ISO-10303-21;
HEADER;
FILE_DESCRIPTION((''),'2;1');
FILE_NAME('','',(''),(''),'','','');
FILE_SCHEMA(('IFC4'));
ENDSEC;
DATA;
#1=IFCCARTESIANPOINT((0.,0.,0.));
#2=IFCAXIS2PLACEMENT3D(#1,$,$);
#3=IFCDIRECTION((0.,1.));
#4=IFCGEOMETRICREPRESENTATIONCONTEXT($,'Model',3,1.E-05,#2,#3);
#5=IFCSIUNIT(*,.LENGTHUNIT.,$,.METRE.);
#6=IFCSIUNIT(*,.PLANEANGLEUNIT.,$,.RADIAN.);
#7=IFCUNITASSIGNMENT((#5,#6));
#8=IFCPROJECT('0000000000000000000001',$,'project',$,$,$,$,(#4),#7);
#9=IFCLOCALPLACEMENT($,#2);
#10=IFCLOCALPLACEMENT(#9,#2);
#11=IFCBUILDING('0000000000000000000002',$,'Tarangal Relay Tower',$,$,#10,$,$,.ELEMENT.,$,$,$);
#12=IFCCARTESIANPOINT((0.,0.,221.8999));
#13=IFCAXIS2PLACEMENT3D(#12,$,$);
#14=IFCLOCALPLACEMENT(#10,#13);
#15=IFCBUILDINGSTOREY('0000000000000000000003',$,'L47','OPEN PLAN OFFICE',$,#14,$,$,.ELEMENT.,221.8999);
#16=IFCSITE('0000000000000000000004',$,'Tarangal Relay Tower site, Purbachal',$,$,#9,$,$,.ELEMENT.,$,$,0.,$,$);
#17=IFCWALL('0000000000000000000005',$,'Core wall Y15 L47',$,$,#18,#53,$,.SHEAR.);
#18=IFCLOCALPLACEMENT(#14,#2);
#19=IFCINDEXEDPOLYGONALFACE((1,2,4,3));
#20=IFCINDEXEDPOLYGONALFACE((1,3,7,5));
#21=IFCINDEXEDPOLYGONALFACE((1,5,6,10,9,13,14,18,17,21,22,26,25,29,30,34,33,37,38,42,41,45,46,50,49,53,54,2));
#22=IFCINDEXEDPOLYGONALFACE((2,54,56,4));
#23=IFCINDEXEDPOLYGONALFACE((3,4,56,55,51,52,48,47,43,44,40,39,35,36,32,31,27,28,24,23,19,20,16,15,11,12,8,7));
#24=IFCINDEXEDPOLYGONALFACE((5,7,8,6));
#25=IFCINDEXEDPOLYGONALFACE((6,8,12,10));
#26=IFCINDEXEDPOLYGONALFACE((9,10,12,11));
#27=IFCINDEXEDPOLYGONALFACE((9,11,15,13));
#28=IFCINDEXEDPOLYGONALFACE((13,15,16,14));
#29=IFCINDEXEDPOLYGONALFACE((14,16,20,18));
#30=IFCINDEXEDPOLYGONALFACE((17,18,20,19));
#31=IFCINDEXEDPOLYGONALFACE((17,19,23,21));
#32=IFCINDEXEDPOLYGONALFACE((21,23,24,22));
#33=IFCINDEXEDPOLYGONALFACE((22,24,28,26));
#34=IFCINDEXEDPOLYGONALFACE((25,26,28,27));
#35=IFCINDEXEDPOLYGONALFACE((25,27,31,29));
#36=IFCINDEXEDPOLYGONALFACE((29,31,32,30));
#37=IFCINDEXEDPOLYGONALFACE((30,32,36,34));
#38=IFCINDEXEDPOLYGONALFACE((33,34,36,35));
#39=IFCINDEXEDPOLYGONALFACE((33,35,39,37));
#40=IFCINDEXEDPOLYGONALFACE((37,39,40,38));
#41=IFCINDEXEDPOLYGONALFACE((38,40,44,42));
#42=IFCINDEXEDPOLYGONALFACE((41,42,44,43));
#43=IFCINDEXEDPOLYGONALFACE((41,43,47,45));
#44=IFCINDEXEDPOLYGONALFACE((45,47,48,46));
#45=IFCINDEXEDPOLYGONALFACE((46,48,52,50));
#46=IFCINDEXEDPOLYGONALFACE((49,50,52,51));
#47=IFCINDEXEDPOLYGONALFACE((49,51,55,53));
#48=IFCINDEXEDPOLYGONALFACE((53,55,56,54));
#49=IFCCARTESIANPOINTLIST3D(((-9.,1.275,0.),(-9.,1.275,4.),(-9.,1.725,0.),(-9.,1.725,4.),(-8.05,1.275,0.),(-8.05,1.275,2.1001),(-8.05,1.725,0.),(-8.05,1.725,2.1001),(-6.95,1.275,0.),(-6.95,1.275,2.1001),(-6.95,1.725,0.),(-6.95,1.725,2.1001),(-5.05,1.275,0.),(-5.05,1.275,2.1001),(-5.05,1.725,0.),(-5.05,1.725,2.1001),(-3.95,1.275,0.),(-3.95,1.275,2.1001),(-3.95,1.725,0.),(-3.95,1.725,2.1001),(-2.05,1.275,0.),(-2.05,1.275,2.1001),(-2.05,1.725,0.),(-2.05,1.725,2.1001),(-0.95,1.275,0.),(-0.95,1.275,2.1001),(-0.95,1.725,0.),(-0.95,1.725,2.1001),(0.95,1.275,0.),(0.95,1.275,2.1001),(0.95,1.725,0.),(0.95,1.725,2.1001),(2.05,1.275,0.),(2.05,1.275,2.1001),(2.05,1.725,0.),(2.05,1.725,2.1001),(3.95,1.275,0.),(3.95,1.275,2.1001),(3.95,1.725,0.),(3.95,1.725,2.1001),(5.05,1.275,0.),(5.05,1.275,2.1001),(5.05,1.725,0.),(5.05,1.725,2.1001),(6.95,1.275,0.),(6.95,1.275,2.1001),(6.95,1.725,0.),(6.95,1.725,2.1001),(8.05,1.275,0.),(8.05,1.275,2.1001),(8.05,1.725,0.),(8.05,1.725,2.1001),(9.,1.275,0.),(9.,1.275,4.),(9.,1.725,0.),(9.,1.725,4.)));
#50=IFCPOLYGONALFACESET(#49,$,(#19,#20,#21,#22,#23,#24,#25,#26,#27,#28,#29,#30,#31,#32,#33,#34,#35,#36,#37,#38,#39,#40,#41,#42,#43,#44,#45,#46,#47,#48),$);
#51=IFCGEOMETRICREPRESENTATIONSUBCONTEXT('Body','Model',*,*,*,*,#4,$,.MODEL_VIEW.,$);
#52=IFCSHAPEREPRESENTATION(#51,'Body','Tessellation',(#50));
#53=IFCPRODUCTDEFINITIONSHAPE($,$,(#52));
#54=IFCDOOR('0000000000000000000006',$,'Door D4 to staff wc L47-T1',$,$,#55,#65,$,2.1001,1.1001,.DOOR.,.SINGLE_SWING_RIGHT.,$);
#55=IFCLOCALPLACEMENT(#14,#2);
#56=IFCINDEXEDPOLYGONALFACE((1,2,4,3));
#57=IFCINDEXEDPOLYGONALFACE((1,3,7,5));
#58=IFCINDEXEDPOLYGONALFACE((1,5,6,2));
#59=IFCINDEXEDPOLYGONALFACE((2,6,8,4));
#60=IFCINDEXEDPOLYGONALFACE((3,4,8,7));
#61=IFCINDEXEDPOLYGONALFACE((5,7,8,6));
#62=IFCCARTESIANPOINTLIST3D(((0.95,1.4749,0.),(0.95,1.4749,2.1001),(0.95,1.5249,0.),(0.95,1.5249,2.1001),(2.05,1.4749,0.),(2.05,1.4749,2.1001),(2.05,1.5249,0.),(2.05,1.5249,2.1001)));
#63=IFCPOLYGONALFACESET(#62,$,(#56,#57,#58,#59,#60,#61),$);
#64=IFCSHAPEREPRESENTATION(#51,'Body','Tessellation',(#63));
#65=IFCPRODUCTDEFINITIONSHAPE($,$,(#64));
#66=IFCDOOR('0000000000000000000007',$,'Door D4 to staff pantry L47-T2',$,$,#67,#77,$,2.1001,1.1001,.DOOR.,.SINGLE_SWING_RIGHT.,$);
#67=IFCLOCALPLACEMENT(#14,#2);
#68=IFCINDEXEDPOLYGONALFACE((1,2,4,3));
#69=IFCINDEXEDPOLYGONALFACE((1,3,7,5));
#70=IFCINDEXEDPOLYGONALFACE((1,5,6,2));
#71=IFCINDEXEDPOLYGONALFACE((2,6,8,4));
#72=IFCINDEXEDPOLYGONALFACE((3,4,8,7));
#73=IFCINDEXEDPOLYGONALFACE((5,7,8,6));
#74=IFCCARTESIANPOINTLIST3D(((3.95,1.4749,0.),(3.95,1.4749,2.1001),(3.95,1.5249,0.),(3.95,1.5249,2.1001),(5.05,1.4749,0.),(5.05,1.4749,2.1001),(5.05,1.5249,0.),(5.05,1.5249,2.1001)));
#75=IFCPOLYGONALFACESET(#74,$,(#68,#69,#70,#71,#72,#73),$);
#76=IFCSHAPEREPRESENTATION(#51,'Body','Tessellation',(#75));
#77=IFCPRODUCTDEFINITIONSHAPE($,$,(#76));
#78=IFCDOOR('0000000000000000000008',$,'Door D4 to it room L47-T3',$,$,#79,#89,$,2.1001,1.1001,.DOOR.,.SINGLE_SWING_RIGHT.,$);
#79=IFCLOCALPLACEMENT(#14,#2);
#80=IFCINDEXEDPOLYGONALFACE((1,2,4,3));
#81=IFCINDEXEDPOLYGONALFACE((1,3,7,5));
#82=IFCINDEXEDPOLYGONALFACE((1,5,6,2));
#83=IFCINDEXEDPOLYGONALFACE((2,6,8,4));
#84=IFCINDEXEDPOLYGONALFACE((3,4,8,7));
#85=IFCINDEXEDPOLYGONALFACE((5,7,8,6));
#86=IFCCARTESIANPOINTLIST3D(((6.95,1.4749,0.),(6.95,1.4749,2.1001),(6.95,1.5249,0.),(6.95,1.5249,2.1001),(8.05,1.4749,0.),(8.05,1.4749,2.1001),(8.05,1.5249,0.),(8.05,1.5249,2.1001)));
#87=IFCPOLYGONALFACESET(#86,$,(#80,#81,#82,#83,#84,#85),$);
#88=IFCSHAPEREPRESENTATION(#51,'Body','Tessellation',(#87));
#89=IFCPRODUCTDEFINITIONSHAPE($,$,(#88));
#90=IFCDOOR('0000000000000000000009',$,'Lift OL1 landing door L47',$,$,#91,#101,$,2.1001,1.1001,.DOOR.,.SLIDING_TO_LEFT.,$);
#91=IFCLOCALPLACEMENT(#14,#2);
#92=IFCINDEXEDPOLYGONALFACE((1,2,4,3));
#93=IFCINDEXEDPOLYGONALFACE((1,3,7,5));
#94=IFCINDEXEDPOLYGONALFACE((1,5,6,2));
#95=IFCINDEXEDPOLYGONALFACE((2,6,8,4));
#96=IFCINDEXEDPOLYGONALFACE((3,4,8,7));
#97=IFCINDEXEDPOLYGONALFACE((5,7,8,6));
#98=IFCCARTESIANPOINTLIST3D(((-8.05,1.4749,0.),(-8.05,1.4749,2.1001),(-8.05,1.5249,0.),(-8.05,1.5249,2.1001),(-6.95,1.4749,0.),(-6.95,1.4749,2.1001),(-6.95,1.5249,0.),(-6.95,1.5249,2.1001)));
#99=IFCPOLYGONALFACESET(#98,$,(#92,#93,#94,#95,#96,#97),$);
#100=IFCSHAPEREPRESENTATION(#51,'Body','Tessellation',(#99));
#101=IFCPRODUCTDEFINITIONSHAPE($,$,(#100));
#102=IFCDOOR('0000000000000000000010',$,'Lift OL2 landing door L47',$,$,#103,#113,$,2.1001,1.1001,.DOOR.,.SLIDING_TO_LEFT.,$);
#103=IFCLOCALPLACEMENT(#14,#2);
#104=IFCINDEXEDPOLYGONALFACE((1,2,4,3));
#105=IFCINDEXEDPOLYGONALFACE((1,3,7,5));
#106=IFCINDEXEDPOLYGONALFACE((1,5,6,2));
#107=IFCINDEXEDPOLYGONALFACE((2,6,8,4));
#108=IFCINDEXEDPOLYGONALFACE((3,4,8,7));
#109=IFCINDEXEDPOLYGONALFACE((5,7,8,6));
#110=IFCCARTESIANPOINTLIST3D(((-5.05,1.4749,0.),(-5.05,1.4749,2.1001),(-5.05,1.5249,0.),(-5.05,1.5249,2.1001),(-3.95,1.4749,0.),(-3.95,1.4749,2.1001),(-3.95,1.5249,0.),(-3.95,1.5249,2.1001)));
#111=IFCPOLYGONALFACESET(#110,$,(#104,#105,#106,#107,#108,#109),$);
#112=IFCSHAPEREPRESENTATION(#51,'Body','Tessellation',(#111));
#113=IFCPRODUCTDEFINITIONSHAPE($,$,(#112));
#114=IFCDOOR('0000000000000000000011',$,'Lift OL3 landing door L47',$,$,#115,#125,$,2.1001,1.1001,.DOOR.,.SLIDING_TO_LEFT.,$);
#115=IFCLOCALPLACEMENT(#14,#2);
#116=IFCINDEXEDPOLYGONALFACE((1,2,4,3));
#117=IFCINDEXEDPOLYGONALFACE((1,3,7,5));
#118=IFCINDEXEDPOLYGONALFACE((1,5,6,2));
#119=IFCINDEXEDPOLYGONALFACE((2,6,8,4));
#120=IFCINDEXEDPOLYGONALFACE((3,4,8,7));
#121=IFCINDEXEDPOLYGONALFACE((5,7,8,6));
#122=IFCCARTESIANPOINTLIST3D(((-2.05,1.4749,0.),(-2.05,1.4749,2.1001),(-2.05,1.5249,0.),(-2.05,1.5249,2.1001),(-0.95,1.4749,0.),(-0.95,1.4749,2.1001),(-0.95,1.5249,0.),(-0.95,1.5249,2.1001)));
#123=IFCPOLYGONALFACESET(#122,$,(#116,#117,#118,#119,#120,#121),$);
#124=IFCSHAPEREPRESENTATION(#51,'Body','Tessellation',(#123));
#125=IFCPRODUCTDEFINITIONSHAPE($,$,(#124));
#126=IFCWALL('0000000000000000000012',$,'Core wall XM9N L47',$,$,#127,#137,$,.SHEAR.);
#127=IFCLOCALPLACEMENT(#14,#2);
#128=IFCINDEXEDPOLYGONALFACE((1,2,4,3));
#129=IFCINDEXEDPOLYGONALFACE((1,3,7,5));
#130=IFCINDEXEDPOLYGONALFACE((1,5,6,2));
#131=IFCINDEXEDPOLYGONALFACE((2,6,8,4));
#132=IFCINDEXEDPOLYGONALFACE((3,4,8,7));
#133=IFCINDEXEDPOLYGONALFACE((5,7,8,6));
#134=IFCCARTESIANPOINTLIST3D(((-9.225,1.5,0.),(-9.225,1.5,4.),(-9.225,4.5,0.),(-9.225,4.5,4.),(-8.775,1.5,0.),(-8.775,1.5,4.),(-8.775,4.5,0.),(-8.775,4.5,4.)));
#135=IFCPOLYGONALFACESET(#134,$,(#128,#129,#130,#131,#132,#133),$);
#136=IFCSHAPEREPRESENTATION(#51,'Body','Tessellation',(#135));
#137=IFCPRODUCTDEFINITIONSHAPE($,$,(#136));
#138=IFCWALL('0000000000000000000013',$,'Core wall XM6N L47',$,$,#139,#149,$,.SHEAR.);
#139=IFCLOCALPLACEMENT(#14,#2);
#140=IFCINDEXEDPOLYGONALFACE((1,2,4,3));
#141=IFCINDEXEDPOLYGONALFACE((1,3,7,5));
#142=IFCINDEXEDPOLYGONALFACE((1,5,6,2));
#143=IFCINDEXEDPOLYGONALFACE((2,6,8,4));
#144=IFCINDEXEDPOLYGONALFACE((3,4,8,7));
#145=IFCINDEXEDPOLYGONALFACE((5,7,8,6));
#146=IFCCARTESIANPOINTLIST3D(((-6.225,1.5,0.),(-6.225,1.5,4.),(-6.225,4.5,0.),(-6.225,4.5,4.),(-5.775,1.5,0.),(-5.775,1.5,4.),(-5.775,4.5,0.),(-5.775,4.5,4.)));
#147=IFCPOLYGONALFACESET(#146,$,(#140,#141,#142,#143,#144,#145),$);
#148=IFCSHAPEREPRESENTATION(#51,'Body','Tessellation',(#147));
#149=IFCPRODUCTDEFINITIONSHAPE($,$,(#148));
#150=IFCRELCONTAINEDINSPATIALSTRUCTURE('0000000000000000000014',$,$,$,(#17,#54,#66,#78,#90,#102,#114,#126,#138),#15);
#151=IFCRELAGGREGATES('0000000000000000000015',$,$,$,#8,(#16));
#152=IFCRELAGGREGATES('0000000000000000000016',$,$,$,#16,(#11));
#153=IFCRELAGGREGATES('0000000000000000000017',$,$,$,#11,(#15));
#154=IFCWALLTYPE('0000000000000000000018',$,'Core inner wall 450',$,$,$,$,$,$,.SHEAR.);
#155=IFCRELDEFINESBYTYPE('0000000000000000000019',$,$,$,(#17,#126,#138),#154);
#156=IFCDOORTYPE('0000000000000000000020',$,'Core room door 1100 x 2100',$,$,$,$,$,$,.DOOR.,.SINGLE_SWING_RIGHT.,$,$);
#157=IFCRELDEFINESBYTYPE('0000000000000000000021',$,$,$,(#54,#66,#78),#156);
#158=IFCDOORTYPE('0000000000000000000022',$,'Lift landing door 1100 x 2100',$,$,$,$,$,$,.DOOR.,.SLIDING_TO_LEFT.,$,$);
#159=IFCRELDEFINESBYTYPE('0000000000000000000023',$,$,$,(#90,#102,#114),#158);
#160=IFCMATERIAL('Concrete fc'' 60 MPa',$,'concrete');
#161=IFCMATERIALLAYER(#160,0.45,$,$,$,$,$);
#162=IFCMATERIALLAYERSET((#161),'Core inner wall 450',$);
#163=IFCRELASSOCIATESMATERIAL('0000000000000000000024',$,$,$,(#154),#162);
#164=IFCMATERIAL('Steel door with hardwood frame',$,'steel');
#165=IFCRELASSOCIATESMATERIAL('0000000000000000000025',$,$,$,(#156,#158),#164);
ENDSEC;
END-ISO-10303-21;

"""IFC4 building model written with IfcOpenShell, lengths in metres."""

from ifc_helpers import new_model, si_unit, direction, frame, frame_2d, origin, place, context, subcontext, project, spatial, rectangle, extrude, material, layer, layer_set, type_object, element, fill, save


model = new_model("IFC4")

# Units and contexts
model_context = context("Model", 3, precision=1e-05, world=origin(), true_north=direction((0.0, 1.0)))
body_context = subcontext(model_context, "Body", "Model", "MODEL_VIEW")
ifc_project = project(units=[si_unit("LENGTHUNIT", "METRE"), si_unit("PLANEANGLEUNIT", "RADIAN")], contexts=[model_context])

# Site, building, storey
site_placement = place(None, origin())
site = spatial("IfcSite", under=ifc_project, at=site_placement, Name="Tarangal Relay Tower site, Purbachal", CompositionType="ELEMENT", RefElevation=0.0)
building_placement = place(site_placement, origin())
building = spatial("IfcBuilding", under=site, at=building_placement, Name="Tarangal Relay Tower", CompositionType="ELEMENT")
storey_placement = place(building_placement, frame((0.0, 0.0, 221.8999)))
storey = spatial("IfcBuildingStorey", under=building, at=storey_placement, Name="L47", Description="OPEN PLAN OFFICE", CompositionType="ELEMENT", Elevation=221.8999)

# Wall, openings, doors
ifc_material_1 = material(Name="Concrete fc' 60 MPa", Category="concrete")
ifc_layer = layer(ifc_material_1, 0.45)
ifc_layer_set = layer_set([ifc_layer], Name="Core inner wall 450")
wall_type = type_object("IfcWallType", Name="Core inner wall 450", PredefinedType="SHEAR", material=ifc_layer_set)
ifc_material_2 = material(Name="Steel door with hardwood frame", Category="steel")
wall_1_placement = place(storey_placement, frame((-9.0, 1.5, 0.0), z_axis=(0.0, 0.0, 1.0), x_axis=(1.0, 0.0, 0.0)))
wall_1 = element("IfcWall", 1, at=wall_1_placement, inside=storey, type_object=wall_type, Name="Core wall Y15 L47", PredefinedType="SHEAR", context=body_context, shape_type="SweptSolid", body=[
    extrude(rectangle(XDim=18.0, YDim=0.45, at=frame_2d((9.0, 0.0))), origin(), (0.0, 0.0, 1.0), 4.0),
])
opening_1_placement = place(wall_1_placement, frame((0.95, 0.0, 0.0)))
opening_1 = element("IfcOpeningElement", 2, at=opening_1_placement, cuts=wall_1, PredefinedType="OPENING", context=body_context, shape_type="SweptSolid", body=[
    extrude(rectangle(XDim=1.1001, YDim=2.1001, at=frame_2d((0.55, 1.05))), frame((0.0, 0.2349, 0.0), z_axis=(0.0, -1.0, 0.0), x_axis=(1.0, 0.0, 0.0)), (0.0, 0.0, 1.0), 0.47),
])
opening_2_placement = place(wall_1_placement, frame((3.95, 0.0, 0.0)))
opening_2 = element("IfcOpeningElement", 3, at=opening_2_placement, cuts=wall_1, PredefinedType="OPENING", context=body_context, shape_type="SweptSolid", body=[
    extrude(rectangle(XDim=1.1001, YDim=2.1001, at=frame_2d((0.55, 1.05))), frame((0.0, 0.2349, 0.0), z_axis=(0.0, -1.0, 0.0), x_axis=(1.0, 0.0, 0.0)), (0.0, 0.0, 1.0), 0.47),
])
opening_3_placement = place(wall_1_placement, frame((6.95, 0.0, 0.0)))
opening_3 = element("IfcOpeningElement", 4, at=opening_3_placement, cuts=wall_1, PredefinedType="OPENING", context=body_context, shape_type="SweptSolid", body=[
    extrude(rectangle(XDim=1.1001, YDim=2.1001, at=frame_2d((0.55, 1.05))), frame((0.0, 0.2349, 0.0), z_axis=(0.0, -1.0, 0.0), x_axis=(1.0, 0.0, 0.0)), (0.0, 0.0, 1.0), 0.47),
])
opening_4_placement = place(wall_1_placement, frame((9.95, 0.0, 0.0)))
opening_4 = element("IfcOpeningElement", 5, at=opening_4_placement, cuts=wall_1, PredefinedType="OPENING", context=body_context, shape_type="SweptSolid", body=[
    extrude(rectangle(XDim=1.1001, YDim=2.1001, at=frame_2d((0.55, 1.05))), frame((0.0, 0.2349, 0.0), z_axis=(0.0, -1.0, 0.0), x_axis=(1.0, 0.0, 0.0)), (0.0, 0.0, 1.0), 0.47),
])
opening_5_placement = place(wall_1_placement, frame((12.95, 0.0, 0.0)))
opening_5 = element("IfcOpeningElement", 6, at=opening_5_placement, cuts=wall_1, PredefinedType="OPENING", context=body_context, shape_type="SweptSolid", body=[
    extrude(rectangle(XDim=1.1001, YDim=2.1001, at=frame_2d((0.55, 1.05))), frame((0.0, 0.2349, 0.0), z_axis=(0.0, -1.0, 0.0), x_axis=(1.0, 0.0, 0.0)), (0.0, 0.0, 1.0), 0.47),
])
opening_6_placement = place(wall_1_placement, frame((15.95, 0.0, 0.0)))
opening_6 = element("IfcOpeningElement", 7, at=opening_6_placement, cuts=wall_1, PredefinedType="OPENING", context=body_context, shape_type="SweptSolid", body=[
    extrude(rectangle(XDim=1.1001, YDim=2.1001, at=frame_2d((0.55, 1.05))), frame((0.0, 0.2349, 0.0), z_axis=(0.0, -1.0, 0.0), x_axis=(1.0, 0.0, 0.0)), (0.0, 0.0, 1.0), 0.47),
])
door_type_1 = type_object("IfcDoorType", Name="Core room door 1100 x 2100", OperationType="SINGLE_SWING_RIGHT", PredefinedType="DOOR", material=ifc_material_2)
door_1_placement = place(opening_4_placement, origin())
door_1 = element("IfcDoor", 8, at=door_1_placement, inside=storey, type_object=door_type_1, Name="Door D4 to staff wc L47-T1", OperationType="SINGLE_SWING_RIGHT", OverallHeight=2.1001, OverallWidth=1.1001, PredefinedType="DOOR", context=body_context, shape_type="SweptSolid", body=[
    extrude(rectangle(XDim=1.1001, YDim=2.1001, at=frame_2d((0.55, 1.05))), frame((0.0, 0.0249, 0.0), z_axis=(0.0, -1.0, 0.0), x_axis=(1.0, 0.0, 0.0)), (0.0, 0.0, 1.0), 0.05),
])
fill(opening_4, door_1)
door_2_placement = place(opening_5_placement, origin())
door_2 = element("IfcDoor", 9, at=door_2_placement, inside=storey, type_object=door_type_1, Name="Door D4 to staff pantry L47-T2", OperationType="SINGLE_SWING_RIGHT", OverallHeight=2.1001, OverallWidth=1.1001, PredefinedType="DOOR", context=body_context, shape_type="SweptSolid", body=[
    extrude(rectangle(XDim=1.1001, YDim=2.1001, at=frame_2d((0.55, 1.05))), frame((0.0, 0.0249, 0.0), z_axis=(0.0, -1.0, 0.0), x_axis=(1.0, 0.0, 0.0)), (0.0, 0.0, 1.0), 0.05),
])
fill(opening_5, door_2)
door_3_placement = place(opening_6_placement, origin())
door_3 = element("IfcDoor", 10, at=door_3_placement, inside=storey, type_object=door_type_1, Name="Door D4 to it room L47-T3", OperationType="SINGLE_SWING_RIGHT", OverallHeight=2.1001, OverallWidth=1.1001, PredefinedType="DOOR", context=body_context, shape_type="SweptSolid", body=[
    extrude(rectangle(XDim=1.1001, YDim=2.1001, at=frame_2d((0.55, 1.05))), frame((0.0, 0.0249, 0.0), z_axis=(0.0, -1.0, 0.0), x_axis=(1.0, 0.0, 0.0)), (0.0, 0.0, 1.0), 0.05),
])
fill(opening_6, door_3)
door_type_2 = type_object("IfcDoorType", Name="Lift landing door 1100 x 2100", OperationType="SLIDING_TO_LEFT", PredefinedType="DOOR", material=ifc_material_2)
door_4_placement = place(opening_1_placement, origin())
door_4 = element("IfcDoor", 11, at=door_4_placement, inside=storey, type_object=door_type_2, Name="Lift OL1 landing door L47", OperationType="SLIDING_TO_LEFT", OverallHeight=2.1001, OverallWidth=1.1001, PredefinedType="DOOR", context=body_context, shape_type="SweptSolid", body=[
    extrude(rectangle(XDim=1.1001, YDim=2.1001, at=frame_2d((0.55, 1.05))), frame((0.0, 0.0249, 0.0), z_axis=(0.0, -1.0, 0.0), x_axis=(1.0, 0.0, 0.0)), (0.0, 0.0, 1.0), 0.05),
])
fill(opening_1, door_4)
door_5_placement = place(opening_2_placement, origin())
door_5 = element("IfcDoor", 12, at=door_5_placement, inside=storey, type_object=door_type_2, Name="Lift OL2 landing door L47", OperationType="SLIDING_TO_LEFT", OverallHeight=2.1001, OverallWidth=1.1001, PredefinedType="DOOR", context=body_context, shape_type="SweptSolid", body=[
    extrude(rectangle(XDim=1.1001, YDim=2.1001, at=frame_2d((0.55, 1.05))), frame((0.0, 0.0249, 0.0), z_axis=(0.0, -1.0, 0.0), x_axis=(1.0, 0.0, 0.0)), (0.0, 0.0, 1.0), 0.05),
])
fill(opening_2, door_5)
door_6_placement = place(opening_3_placement, origin())
door_6 = element("IfcDoor", 13, at=door_6_placement, inside=storey, type_object=door_type_2, Name="Lift OL3 landing door L47", OperationType="SLIDING_TO_LEFT", OverallHeight=2.1001, OverallWidth=1.1001, PredefinedType="DOOR", context=body_context, shape_type="SweptSolid", body=[
    extrude(rectangle(XDim=1.1001, YDim=2.1001, at=frame_2d((0.55, 1.05))), frame((0.0, 0.0249, 0.0), z_axis=(0.0, -1.0, 0.0), x_axis=(1.0, 0.0, 0.0)), (0.0, 0.0, 1.0), 0.05),
])
fill(opening_3, door_6)

# Walls
for number, where, z_axis, x_axis, name in (
    (14, (-9.0, 1.5, 0.0), (0.0, 0.0, 1.0), (0.0, 1.0, 0.0), "Core wall XM9N L47"),
    (15, (-6.0, 1.5, 0.0), (0.0, 0.0, 1.0), (0.0, 1.0, 0.0), "Core wall XM6N L47"),
):
    element("IfcWall", number, at=place(storey_placement, frame(where, z_axis=z_axis, x_axis=x_axis)), inside=storey, type_object=wall_type, Name=name, PredefinedType="SHEAR", context=body_context, shape_type="SweptSolid", body=[
        extrude(rectangle(XDim=3.0, YDim=0.45, at=frame_2d((1.5, 0.0))), origin(), (0.0, 0.0, 1.0), 4.0),
    ])

save(model, "model.ifc")
